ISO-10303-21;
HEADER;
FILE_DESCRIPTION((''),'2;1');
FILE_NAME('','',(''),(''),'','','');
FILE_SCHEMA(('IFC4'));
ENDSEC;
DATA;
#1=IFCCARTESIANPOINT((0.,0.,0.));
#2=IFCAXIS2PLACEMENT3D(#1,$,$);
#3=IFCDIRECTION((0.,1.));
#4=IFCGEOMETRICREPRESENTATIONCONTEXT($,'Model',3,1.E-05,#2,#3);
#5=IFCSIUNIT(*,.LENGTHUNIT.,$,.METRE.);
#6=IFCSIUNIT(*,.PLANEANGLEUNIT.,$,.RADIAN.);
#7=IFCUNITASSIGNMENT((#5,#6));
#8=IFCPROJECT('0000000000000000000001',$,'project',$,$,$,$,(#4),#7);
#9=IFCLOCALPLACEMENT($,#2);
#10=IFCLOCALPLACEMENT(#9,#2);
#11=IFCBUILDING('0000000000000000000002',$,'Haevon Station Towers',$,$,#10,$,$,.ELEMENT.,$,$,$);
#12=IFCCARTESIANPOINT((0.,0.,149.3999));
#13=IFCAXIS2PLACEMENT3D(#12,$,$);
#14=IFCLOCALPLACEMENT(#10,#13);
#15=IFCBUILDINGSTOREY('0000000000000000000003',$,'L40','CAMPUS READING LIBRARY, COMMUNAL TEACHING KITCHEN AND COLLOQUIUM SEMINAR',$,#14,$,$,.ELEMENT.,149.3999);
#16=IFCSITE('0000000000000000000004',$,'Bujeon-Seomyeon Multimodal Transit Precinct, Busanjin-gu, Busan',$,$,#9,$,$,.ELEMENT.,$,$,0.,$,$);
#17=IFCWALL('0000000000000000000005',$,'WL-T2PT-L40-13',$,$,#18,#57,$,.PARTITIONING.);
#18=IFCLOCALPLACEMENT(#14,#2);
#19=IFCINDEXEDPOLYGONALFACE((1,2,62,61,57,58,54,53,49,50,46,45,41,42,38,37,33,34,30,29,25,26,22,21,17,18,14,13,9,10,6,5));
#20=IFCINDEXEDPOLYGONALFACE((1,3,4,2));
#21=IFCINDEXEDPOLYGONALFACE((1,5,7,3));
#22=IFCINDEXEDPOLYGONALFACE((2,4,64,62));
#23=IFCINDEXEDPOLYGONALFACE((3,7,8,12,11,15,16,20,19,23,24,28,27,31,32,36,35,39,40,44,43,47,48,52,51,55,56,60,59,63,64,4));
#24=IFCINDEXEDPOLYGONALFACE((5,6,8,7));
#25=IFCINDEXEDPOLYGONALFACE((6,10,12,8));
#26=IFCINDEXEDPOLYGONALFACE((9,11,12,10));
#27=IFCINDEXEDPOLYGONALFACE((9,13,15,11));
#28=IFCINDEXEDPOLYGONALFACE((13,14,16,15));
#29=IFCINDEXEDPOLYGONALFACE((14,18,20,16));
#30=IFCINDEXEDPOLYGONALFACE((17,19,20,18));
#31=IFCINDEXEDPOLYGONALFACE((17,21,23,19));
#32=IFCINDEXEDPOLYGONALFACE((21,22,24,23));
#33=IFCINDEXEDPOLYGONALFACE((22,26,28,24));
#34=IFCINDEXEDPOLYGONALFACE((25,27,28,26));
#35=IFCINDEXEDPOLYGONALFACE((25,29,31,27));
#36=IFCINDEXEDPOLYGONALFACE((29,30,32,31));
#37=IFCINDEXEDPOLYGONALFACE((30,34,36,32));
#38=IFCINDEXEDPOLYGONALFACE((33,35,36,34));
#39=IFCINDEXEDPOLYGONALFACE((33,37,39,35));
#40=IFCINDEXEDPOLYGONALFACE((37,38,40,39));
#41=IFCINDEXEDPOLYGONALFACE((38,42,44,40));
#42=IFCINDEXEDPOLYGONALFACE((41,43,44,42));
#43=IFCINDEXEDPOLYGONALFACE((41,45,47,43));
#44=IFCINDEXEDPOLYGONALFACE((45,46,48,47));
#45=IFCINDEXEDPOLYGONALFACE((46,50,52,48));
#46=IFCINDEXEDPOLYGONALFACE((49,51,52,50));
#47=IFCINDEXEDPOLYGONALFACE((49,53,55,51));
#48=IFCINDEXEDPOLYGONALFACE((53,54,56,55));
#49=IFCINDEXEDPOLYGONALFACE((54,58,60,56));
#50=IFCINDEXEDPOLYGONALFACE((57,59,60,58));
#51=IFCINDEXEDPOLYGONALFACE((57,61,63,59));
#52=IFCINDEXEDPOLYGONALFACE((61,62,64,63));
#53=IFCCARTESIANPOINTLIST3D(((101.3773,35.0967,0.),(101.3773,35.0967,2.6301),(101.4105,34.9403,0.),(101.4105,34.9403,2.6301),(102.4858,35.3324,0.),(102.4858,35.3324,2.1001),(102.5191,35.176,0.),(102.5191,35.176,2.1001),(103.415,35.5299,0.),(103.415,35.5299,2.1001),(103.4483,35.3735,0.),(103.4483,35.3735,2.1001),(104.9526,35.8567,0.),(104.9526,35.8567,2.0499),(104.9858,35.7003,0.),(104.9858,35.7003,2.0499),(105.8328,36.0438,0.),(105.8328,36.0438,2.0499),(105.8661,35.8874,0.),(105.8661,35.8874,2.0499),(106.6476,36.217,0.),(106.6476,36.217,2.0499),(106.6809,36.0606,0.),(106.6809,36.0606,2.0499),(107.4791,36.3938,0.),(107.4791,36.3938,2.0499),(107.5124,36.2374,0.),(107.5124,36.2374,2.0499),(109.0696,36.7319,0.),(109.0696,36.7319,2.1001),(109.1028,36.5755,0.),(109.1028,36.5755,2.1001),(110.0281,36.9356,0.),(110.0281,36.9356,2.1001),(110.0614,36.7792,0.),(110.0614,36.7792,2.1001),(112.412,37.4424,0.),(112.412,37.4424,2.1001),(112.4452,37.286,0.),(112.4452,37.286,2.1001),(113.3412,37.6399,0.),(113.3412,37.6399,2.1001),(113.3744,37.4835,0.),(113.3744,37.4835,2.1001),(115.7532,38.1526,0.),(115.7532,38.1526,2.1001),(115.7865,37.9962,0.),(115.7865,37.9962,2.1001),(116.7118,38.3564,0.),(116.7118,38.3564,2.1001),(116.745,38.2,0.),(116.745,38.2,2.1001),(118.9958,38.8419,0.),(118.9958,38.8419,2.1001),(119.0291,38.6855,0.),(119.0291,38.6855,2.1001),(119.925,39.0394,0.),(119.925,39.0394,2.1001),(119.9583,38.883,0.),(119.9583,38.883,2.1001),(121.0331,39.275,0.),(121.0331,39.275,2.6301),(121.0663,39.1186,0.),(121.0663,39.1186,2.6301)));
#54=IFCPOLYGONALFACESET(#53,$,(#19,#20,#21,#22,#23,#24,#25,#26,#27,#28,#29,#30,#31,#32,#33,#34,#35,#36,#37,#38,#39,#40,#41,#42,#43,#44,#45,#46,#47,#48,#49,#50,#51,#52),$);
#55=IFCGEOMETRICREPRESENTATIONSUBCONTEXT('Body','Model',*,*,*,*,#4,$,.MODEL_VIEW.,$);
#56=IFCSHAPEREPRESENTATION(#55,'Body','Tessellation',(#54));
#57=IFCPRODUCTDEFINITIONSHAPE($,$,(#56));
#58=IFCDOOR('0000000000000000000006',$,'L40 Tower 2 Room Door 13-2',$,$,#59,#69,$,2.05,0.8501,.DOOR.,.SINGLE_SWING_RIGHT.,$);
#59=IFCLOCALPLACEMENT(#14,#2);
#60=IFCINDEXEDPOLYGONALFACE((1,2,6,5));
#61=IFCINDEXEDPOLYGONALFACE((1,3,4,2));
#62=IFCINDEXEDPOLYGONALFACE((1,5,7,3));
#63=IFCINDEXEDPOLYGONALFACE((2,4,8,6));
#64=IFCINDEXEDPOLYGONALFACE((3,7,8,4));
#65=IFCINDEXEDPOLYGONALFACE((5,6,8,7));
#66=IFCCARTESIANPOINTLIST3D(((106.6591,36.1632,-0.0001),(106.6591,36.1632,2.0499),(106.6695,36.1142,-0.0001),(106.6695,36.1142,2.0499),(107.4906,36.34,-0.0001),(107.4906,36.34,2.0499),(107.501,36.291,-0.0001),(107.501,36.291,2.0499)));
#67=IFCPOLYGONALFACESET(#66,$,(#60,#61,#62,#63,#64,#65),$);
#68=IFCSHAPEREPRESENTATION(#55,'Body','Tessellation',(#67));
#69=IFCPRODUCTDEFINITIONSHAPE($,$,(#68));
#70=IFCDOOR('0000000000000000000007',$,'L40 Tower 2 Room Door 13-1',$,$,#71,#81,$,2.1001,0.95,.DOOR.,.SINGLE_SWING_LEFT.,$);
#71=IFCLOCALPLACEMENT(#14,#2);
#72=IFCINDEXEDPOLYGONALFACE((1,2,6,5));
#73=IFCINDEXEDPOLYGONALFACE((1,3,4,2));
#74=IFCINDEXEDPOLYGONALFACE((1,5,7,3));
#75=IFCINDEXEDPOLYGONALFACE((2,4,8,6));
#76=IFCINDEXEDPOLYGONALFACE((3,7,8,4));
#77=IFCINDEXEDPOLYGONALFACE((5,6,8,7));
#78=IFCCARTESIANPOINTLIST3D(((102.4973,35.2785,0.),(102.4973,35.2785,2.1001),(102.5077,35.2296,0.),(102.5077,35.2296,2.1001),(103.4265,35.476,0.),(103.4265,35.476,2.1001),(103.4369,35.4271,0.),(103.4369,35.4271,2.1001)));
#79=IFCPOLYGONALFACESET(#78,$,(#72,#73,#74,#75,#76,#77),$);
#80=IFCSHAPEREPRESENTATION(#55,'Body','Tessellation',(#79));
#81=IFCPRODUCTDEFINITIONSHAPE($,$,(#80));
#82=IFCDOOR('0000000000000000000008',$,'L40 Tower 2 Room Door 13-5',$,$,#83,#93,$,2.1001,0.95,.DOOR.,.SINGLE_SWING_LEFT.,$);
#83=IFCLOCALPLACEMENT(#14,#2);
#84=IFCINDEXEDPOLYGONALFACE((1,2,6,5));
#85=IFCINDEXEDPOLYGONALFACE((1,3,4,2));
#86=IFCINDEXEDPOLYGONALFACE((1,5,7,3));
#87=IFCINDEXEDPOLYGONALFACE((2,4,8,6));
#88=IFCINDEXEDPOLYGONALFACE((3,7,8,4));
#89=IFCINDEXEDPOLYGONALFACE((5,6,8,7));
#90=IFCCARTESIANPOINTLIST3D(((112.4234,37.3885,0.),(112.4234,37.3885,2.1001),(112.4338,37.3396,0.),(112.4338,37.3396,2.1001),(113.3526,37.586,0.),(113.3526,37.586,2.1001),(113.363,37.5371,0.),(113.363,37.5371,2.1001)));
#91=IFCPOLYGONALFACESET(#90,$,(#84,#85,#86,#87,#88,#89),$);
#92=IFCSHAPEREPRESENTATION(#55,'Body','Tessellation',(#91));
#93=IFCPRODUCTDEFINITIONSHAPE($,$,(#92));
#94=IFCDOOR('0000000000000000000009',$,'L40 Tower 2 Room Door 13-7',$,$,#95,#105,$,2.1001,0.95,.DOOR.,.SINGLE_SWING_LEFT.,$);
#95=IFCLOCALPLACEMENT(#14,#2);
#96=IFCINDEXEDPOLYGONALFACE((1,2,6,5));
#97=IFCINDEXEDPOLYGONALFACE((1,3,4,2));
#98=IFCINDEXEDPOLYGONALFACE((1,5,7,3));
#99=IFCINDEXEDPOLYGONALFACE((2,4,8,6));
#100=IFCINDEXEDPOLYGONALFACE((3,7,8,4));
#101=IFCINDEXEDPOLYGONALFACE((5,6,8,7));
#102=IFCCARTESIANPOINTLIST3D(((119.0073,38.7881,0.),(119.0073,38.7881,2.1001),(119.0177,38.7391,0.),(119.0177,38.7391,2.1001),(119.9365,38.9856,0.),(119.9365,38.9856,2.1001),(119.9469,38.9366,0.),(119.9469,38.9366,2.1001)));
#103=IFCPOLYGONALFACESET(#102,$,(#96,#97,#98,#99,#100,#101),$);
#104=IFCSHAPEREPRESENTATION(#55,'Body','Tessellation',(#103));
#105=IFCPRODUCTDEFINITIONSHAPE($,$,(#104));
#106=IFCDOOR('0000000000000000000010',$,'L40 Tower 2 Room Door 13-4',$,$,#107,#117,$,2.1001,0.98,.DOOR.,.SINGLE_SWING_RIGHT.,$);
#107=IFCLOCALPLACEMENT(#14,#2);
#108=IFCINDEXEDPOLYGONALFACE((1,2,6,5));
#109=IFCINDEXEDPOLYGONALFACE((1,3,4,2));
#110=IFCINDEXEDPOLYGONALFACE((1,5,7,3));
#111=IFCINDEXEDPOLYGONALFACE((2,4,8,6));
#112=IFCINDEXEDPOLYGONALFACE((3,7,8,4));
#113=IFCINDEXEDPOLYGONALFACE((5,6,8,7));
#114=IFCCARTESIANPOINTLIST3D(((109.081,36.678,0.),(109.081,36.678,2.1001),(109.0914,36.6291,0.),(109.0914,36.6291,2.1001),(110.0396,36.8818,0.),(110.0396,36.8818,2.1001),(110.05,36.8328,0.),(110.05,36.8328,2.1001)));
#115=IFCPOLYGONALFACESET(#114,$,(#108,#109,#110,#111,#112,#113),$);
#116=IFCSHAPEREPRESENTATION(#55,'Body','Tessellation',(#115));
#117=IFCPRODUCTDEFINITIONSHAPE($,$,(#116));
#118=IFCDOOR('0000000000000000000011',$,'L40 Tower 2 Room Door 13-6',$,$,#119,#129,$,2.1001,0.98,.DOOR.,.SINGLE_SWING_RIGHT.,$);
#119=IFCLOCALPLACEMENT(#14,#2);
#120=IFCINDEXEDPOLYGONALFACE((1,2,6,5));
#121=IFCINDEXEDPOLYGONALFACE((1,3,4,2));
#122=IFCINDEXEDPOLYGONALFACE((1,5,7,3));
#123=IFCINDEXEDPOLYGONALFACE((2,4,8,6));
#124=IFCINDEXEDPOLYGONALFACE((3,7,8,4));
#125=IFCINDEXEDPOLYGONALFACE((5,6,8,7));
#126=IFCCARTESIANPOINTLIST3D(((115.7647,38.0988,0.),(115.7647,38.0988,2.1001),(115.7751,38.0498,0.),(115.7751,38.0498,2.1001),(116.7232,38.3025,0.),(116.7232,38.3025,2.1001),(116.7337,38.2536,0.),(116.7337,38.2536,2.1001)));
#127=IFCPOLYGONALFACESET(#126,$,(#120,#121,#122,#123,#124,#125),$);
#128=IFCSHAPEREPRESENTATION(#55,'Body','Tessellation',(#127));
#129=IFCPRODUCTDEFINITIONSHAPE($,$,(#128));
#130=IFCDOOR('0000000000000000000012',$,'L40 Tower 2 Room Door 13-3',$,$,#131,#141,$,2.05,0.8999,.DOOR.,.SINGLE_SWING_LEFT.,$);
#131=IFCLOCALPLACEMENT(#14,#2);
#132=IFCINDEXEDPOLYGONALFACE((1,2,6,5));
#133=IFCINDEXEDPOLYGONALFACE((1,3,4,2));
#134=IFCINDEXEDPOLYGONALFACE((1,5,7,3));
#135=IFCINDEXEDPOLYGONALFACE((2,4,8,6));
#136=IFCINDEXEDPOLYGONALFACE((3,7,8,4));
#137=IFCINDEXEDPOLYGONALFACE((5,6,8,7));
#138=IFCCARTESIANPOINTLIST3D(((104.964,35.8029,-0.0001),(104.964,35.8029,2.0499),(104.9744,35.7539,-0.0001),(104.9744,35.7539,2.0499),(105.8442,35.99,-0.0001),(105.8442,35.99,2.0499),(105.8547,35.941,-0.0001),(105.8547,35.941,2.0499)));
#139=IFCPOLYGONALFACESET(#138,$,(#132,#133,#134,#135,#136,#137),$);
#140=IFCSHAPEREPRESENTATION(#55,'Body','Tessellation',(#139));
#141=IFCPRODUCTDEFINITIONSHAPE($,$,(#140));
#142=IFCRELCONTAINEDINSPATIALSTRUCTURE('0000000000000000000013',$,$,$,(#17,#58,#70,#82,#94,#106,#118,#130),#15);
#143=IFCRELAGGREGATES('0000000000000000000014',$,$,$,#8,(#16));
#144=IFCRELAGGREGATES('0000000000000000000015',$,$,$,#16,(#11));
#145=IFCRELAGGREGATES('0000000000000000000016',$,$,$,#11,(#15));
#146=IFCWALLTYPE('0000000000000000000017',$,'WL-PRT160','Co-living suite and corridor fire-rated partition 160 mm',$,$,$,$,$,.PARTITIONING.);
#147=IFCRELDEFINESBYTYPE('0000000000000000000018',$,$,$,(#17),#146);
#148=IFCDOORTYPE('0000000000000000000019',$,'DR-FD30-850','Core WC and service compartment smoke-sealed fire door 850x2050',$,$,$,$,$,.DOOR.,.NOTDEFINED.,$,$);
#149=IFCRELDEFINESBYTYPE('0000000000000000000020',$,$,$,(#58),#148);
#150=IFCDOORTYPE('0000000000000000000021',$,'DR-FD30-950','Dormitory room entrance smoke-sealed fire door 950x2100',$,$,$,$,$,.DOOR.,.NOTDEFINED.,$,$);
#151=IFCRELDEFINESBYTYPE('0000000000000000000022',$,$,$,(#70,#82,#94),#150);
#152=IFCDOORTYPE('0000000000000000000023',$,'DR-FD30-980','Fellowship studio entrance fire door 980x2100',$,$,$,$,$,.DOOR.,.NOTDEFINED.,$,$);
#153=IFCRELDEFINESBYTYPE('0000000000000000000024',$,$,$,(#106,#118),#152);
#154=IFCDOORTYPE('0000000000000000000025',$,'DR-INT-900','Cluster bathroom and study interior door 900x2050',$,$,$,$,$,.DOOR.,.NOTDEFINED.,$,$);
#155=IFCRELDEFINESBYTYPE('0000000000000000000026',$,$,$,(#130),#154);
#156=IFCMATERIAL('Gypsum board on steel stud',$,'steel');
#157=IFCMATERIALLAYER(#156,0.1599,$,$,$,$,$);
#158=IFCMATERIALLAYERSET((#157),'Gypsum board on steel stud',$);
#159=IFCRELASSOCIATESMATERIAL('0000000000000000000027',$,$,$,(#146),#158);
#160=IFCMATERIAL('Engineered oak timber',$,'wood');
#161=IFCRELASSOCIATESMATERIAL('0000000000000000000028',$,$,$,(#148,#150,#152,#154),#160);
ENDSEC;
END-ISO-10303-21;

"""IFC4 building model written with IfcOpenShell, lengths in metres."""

from ifc_helpers import new_model, si_unit, direction, frame, frame_2d, origin, place, context, subcontext, project, spatial, rectangle, extrude, material, layer, layer_set, type_object, element, fill, save


model = new_model("IFC4")

# Units and contexts
model_context = context("Model", 3, precision=1e-05, world=origin(), true_north=direction((0.0, 1.0)))
body_context = subcontext(model_context, "Body", "Model", "MODEL_VIEW")
ifc_project = project(units=[si_unit("LENGTHUNIT", "METRE"), si_unit("PLANEANGLEUNIT", "RADIAN")], contexts=[model_context])

# Site, building, storey
site_placement = place(None, origin())
site = spatial("IfcSite", under=ifc_project, at=site_placement, Name="Bujeon-Seomyeon Multimodal Transit Precinct, Busanjin-gu, Busan", CompositionType="ELEMENT", RefElevation=0.0)
building_placement = place(site_placement, origin())
building = spatial("IfcBuilding", under=site, at=building_placement, Name="Haevon Station Towers", CompositionType="ELEMENT")
storey_placement = place(building_placement, frame((0.0, 0.0, 149.3999)))
storey = spatial("IfcBuildingStorey", under=building, at=storey_placement, Name="L40", Description="CAMPUS READING LIBRARY, COMMUNAL TEACHING KITCHEN AND COLLOQUIUM SEMINAR", CompositionType="ELEMENT", Elevation=149.3999)

# Wall, openings, doors
ifc_material_1 = material(Name="Gypsum board on steel stud", Category="steel")
ifc_layer = layer(ifc_material_1, 0.1599)
ifc_layer_set = layer_set([ifc_layer], Name="Gypsum board on steel stud")
wall_type = type_object("IfcWallType", Name="WL-PRT160", Description="Co-living suite and corridor fire-rated partition 160 mm", PredefinedType="PARTITIONING", material=ifc_layer_set)
wall_placement = place(storey_placement, frame((101.394, 35.0186, 0.0), z_axis=(0.0, 0.0, 1.0), x_axis=(0.978145, 0.207924, 0.0)))
wall = element("IfcWall", 1, at=wall_placement, inside=storey, type_object=wall_type, Name="WL-T2PT-L40-13", PredefinedType="PARTITIONING", context=body_context, shape_type="SweptSolid", body=[
    extrude(rectangle(XDim=20.095, YDim=0.1599, at=frame_2d((10.0474, 0.0))), origin(), (0.0, 0.0, 1.0), 2.6301),
])
opening_1_placement = place(wall_placement, frame((1.1331, 0.0, 0.0)))
opening_1 = element("IfcOpeningElement", 2, at=opening_1_placement, cuts=wall, PredefinedType="OPENING", context=body_context, shape_type="SweptSolid", body=[
    extrude(rectangle(XDim=0.95, YDim=2.1001, at=frame_2d((0.4751, 1.05))), frame((0.0, 0.0898, 0.0), z_axis=(0.0, -1.0, 0.0), x_axis=(1.0, 0.0, 0.0)), (0.0, 0.0, 1.0), 0.1799),
])
opening_2_placement = place(wall_placement, frame((5.3879, 0.0, 0.0)))
opening_2 = element("IfcOpeningElement", 3, at=opening_2_placement, cuts=wall, PredefinedType="OPENING", context=body_context, shape_type="SweptSolid", body=[
    extrude(rectangle(XDim=0.8501, YDim=2.05, at=frame_2d((0.425, 1.0249))), frame((0.0, 0.0898, 0.0), z_axis=(0.0, -1.0, 0.0), x_axis=(1.0, 0.0, 0.0)), (0.0, 0.0, 1.0), 0.1799),
])
opening_3_placement = place(wall_placement, frame((3.655, 0.0, 0.0)))
opening_3 = element("IfcOpeningElement", 4, at=opening_3_placement, cuts=wall, PredefinedType="OPENING", context=body_context, shape_type="SweptSolid", body=[
    extrude(rectangle(XDim=0.8999, YDim=2.05, at=frame_2d((0.45, 1.0249))), frame((0.0, 0.0898, 0.0), z_axis=(0.0, -1.0, 0.0), x_axis=(1.0, 0.0, 0.0)), (0.0, 0.0, 1.0), 0.1799),
])
opening_4_placement = place(wall_placement, frame((7.864, 0.0, 0.0)))
opening_4 = element("IfcOpeningElement", 5, at=opening_4_placement, cuts=wall, PredefinedType="OPENING", context=body_context, shape_type="SweptSolid", body=[
    extrude(rectangle(XDim=0.98, YDim=2.1001, at=frame_2d((0.49, 1.05))), frame((0.0, 0.0898, 0.0), z_axis=(0.0, -1.0, 0.0), x_axis=(1.0, 0.0, 0.0)), (0.0, 0.0, 1.0), 0.1799),
])
opening_5_placement = place(wall_placement, frame((11.281, 0.0, 0.0)))
opening_5 = element("IfcOpeningElement", 6, at=opening_5_placement, cuts=wall, PredefinedType="OPENING", context=body_context, shape_type="SweptSolid", body=[
    extrude(rectangle(XDim=0.95, YDim=2.1001, at=frame_2d((0.4751, 1.05))), frame((0.0, 0.0898, 0.0), z_axis=(0.0, -1.0, 0.0), x_axis=(1.0, 0.0, 0.0)), (0.0, 0.0, 1.0), 0.1799),
])
opening_6_placement = place(wall_placement, frame((14.697, 0.0, 0.0)))
opening_6 = element("IfcOpeningElement", 7, at=opening_6_placement, cuts=wall, PredefinedType="OPENING", context=body_context, shape_type="SweptSolid", body=[
    extrude(rectangle(XDim=0.98, YDim=2.1001, at=frame_2d((0.49, 1.05))), frame((0.0, 0.0898, 0.0), z_axis=(0.0, -1.0, 0.0), x_axis=(1.0, 0.0, 0.0)), (0.0, 0.0, 1.0), 0.1799),
])
opening_7_placement = place(wall_placement, frame((18.012, 0.0, 0.0)))
opening_7 = element("IfcOpeningElement", 8, at=opening_7_placement, cuts=wall, PredefinedType="OPENING", context=body_context, shape_type="SweptSolid", body=[
    extrude(rectangle(XDim=0.95, YDim=2.1001, at=frame_2d((0.4751, 1.05))), frame((0.0, 0.0898, 0.0), z_axis=(0.0, -1.0, 0.0), x_axis=(1.0, 0.0, 0.0)), (0.0, 0.0, 1.0), 0.1799),
])
ifc_material_2 = material(Name="Engineered oak timber", Category="wood")
door_type_1 = type_object("IfcDoorType", Name="DR-FD30-850", Description="Core WC and service compartment smoke-sealed fire door 850x2050", OperationType="NOTDEFINED", PredefinedType="DOOR", material=ifc_material_2)
door_1_placement = place(opening_2_placement, origin())
door_1 = element("IfcDoor", 9, at=door_1_placement, inside=storey, type_object=door_type_1, Name="L40 Tower 2 Room Door 13-2", OperationType="SINGLE_SWING_RIGHT", OverallHeight=2.05, OverallWidth=0.8501, PredefinedType="DOOR", context=body_context, shape_type="SweptSolid", body=[
    extrude(rectangle(XDim=0.8501, YDim=2.05, at=frame_2d((0.425, 1.0249))), frame((0.0, 0.0249, 0.0), z_axis=(0.0, -1.0, 0.0), x_axis=(1.0, 0.0, 0.0)), (0.0, 0.0, 1.0), 0.05),
])
fill(opening_2, door_1)
door_type_2 = type_object("IfcDoorType", Name="DR-FD30-950", Description="Dormitory room entrance smoke-sealed fire door 950x2100", OperationType="NOTDEFINED", PredefinedType="DOOR", material=ifc_material_2)
door_2_placement = place(opening_1_placement, origin())
door_2 = element("IfcDoor", 10, at=door_2_placement, inside=storey, type_object=door_type_2, Name="L40 Tower 2 Room Door 13-1", OperationType="SINGLE_SWING_LEFT", OverallHeight=2.1001, OverallWidth=0.95, PredefinedType="DOOR", context=body_context, shape_type="SweptSolid", body=[
    extrude(rectangle(XDim=0.95, YDim=2.1001, at=frame_2d((0.4751, 1.05))), frame((0.0, 0.0249, 0.0), z_axis=(0.0, -1.0, 0.0), x_axis=(1.0, 0.0, 0.0)), (0.0, 0.0, 1.0), 0.05),
])
fill(opening_1, door_2)
door_3_placement = place(opening_5_placement, origin())
door_3 = element("IfcDoor", 11, at=door_3_placement, inside=storey, type_object=door_type_2, Name="L40 Tower 2 Room Door 13-5", OperationType="SINGLE_SWING_LEFT", OverallHeight=2.1001, OverallWidth=0.95, PredefinedType="DOOR", context=body_context, shape_type="SweptSolid", body=[
    extrude(rectangle(XDim=0.95, YDim=2.1001, at=frame_2d((0.4751, 1.05))), frame((0.0, 0.0249, 0.0), z_axis=(0.0, -1.0, 0.0), x_axis=(1.0, 0.0, 0.0)), (0.0, 0.0, 1.0), 0.05),
])
fill(opening_5, door_3)
door_4_placement = place(opening_7_placement, origin())
door_4 = element("IfcDoor", 12, at=door_4_placement, inside=storey, type_object=door_type_2, Name="L40 Tower 2 Room Door 13-7", OperationType="SINGLE_SWING_LEFT", OverallHeight=2.1001, OverallWidth=0.95, PredefinedType="DOOR", context=body_context, shape_type="SweptSolid", body=[
    extrude(rectangle(XDim=0.95, YDim=2.1001, at=frame_2d((0.4751, 1.05))), frame((0.0, 0.0249, 0.0), z_axis=(0.0, -1.0, 0.0), x_axis=(1.0, 0.0, 0.0)), (0.0, 0.0, 1.0), 0.05),
])
fill(opening_7, door_4)
door_type_3 = type_object("IfcDoorType", Name="DR-FD30-980", Description="Fellowship studio entrance fire door 980x2100", OperationType="NOTDEFINED", PredefinedType="DOOR", material=ifc_material_2)
door_5_placement = place(opening_4_placement, origin())
door_5 = element("IfcDoor", 13, at=door_5_placement, inside=storey, type_object=door_type_3, Name="L40 Tower 2 Room Door 13-4", OperationType="SINGLE_SWING_RIGHT", OverallHeight=2.1001, OverallWidth=0.98, PredefinedType="DOOR", context=body_context, shape_type="SweptSolid", body=[
    extrude(rectangle(XDim=0.98, YDim=2.1001, at=frame_2d((0.49, 1.05))), frame((0.0, 0.0249, 0.0), z_axis=(0.0, -1.0, 0.0), x_axis=(1.0, 0.0, 0.0)), (0.0, 0.0, 1.0), 0.05),
])
fill(opening_4, door_5)
door_6_placement = place(opening_6_placement, origin())
door_6 = element("IfcDoor", 14, at=door_6_placement, inside=storey, type_object=door_type_3, Name="L40 Tower 2 Room Door 13-6", OperationType="SINGLE_SWING_RIGHT", OverallHeight=2.1001, OverallWidth=0.98, PredefinedType="DOOR", context=body_context, shape_type="SweptSolid", body=[
    extrude(rectangle(XDim=0.98, YDim=2.1001, at=frame_2d((0.49, 1.05))), frame((0.0, 0.0249, 0.0), z_axis=(0.0, -1.0, 0.0), x_axis=(1.0, 0.0, 0.0)), (0.0, 0.0, 1.0), 0.05),
])
fill(opening_6, door_6)
door_type_4 = type_object("IfcDoorType", Name="DR-INT-900", Description="Cluster bathroom and study interior door 900x2050", OperationType="NOTDEFINED", PredefinedType="DOOR", material=ifc_material_2)
door_7_placement = place(opening_3_placement, origin())
door_7 = element("IfcDoor", 15, at=door_7_placement, inside=storey, type_object=door_type_4, Name="L40 Tower 2 Room Door 13-3", OperationType="SINGLE_SWING_LEFT", OverallHeight=2.05, OverallWidth=0.8999, PredefinedType="DOOR", context=body_context, shape_type="SweptSolid", body=[
    extrude(rectangle(XDim=0.8999, YDim=2.05, at=frame_2d((0.45, 1.0249))), frame((0.0, 0.0249, 0.0), z_axis=(0.0, -1.0, 0.0), x_axis=(1.0, 0.0, 0.0)), (0.0, 0.0, 1.0), 0.05),
])
fill(opening_3, door_7)

save(model, "model.ifc")
